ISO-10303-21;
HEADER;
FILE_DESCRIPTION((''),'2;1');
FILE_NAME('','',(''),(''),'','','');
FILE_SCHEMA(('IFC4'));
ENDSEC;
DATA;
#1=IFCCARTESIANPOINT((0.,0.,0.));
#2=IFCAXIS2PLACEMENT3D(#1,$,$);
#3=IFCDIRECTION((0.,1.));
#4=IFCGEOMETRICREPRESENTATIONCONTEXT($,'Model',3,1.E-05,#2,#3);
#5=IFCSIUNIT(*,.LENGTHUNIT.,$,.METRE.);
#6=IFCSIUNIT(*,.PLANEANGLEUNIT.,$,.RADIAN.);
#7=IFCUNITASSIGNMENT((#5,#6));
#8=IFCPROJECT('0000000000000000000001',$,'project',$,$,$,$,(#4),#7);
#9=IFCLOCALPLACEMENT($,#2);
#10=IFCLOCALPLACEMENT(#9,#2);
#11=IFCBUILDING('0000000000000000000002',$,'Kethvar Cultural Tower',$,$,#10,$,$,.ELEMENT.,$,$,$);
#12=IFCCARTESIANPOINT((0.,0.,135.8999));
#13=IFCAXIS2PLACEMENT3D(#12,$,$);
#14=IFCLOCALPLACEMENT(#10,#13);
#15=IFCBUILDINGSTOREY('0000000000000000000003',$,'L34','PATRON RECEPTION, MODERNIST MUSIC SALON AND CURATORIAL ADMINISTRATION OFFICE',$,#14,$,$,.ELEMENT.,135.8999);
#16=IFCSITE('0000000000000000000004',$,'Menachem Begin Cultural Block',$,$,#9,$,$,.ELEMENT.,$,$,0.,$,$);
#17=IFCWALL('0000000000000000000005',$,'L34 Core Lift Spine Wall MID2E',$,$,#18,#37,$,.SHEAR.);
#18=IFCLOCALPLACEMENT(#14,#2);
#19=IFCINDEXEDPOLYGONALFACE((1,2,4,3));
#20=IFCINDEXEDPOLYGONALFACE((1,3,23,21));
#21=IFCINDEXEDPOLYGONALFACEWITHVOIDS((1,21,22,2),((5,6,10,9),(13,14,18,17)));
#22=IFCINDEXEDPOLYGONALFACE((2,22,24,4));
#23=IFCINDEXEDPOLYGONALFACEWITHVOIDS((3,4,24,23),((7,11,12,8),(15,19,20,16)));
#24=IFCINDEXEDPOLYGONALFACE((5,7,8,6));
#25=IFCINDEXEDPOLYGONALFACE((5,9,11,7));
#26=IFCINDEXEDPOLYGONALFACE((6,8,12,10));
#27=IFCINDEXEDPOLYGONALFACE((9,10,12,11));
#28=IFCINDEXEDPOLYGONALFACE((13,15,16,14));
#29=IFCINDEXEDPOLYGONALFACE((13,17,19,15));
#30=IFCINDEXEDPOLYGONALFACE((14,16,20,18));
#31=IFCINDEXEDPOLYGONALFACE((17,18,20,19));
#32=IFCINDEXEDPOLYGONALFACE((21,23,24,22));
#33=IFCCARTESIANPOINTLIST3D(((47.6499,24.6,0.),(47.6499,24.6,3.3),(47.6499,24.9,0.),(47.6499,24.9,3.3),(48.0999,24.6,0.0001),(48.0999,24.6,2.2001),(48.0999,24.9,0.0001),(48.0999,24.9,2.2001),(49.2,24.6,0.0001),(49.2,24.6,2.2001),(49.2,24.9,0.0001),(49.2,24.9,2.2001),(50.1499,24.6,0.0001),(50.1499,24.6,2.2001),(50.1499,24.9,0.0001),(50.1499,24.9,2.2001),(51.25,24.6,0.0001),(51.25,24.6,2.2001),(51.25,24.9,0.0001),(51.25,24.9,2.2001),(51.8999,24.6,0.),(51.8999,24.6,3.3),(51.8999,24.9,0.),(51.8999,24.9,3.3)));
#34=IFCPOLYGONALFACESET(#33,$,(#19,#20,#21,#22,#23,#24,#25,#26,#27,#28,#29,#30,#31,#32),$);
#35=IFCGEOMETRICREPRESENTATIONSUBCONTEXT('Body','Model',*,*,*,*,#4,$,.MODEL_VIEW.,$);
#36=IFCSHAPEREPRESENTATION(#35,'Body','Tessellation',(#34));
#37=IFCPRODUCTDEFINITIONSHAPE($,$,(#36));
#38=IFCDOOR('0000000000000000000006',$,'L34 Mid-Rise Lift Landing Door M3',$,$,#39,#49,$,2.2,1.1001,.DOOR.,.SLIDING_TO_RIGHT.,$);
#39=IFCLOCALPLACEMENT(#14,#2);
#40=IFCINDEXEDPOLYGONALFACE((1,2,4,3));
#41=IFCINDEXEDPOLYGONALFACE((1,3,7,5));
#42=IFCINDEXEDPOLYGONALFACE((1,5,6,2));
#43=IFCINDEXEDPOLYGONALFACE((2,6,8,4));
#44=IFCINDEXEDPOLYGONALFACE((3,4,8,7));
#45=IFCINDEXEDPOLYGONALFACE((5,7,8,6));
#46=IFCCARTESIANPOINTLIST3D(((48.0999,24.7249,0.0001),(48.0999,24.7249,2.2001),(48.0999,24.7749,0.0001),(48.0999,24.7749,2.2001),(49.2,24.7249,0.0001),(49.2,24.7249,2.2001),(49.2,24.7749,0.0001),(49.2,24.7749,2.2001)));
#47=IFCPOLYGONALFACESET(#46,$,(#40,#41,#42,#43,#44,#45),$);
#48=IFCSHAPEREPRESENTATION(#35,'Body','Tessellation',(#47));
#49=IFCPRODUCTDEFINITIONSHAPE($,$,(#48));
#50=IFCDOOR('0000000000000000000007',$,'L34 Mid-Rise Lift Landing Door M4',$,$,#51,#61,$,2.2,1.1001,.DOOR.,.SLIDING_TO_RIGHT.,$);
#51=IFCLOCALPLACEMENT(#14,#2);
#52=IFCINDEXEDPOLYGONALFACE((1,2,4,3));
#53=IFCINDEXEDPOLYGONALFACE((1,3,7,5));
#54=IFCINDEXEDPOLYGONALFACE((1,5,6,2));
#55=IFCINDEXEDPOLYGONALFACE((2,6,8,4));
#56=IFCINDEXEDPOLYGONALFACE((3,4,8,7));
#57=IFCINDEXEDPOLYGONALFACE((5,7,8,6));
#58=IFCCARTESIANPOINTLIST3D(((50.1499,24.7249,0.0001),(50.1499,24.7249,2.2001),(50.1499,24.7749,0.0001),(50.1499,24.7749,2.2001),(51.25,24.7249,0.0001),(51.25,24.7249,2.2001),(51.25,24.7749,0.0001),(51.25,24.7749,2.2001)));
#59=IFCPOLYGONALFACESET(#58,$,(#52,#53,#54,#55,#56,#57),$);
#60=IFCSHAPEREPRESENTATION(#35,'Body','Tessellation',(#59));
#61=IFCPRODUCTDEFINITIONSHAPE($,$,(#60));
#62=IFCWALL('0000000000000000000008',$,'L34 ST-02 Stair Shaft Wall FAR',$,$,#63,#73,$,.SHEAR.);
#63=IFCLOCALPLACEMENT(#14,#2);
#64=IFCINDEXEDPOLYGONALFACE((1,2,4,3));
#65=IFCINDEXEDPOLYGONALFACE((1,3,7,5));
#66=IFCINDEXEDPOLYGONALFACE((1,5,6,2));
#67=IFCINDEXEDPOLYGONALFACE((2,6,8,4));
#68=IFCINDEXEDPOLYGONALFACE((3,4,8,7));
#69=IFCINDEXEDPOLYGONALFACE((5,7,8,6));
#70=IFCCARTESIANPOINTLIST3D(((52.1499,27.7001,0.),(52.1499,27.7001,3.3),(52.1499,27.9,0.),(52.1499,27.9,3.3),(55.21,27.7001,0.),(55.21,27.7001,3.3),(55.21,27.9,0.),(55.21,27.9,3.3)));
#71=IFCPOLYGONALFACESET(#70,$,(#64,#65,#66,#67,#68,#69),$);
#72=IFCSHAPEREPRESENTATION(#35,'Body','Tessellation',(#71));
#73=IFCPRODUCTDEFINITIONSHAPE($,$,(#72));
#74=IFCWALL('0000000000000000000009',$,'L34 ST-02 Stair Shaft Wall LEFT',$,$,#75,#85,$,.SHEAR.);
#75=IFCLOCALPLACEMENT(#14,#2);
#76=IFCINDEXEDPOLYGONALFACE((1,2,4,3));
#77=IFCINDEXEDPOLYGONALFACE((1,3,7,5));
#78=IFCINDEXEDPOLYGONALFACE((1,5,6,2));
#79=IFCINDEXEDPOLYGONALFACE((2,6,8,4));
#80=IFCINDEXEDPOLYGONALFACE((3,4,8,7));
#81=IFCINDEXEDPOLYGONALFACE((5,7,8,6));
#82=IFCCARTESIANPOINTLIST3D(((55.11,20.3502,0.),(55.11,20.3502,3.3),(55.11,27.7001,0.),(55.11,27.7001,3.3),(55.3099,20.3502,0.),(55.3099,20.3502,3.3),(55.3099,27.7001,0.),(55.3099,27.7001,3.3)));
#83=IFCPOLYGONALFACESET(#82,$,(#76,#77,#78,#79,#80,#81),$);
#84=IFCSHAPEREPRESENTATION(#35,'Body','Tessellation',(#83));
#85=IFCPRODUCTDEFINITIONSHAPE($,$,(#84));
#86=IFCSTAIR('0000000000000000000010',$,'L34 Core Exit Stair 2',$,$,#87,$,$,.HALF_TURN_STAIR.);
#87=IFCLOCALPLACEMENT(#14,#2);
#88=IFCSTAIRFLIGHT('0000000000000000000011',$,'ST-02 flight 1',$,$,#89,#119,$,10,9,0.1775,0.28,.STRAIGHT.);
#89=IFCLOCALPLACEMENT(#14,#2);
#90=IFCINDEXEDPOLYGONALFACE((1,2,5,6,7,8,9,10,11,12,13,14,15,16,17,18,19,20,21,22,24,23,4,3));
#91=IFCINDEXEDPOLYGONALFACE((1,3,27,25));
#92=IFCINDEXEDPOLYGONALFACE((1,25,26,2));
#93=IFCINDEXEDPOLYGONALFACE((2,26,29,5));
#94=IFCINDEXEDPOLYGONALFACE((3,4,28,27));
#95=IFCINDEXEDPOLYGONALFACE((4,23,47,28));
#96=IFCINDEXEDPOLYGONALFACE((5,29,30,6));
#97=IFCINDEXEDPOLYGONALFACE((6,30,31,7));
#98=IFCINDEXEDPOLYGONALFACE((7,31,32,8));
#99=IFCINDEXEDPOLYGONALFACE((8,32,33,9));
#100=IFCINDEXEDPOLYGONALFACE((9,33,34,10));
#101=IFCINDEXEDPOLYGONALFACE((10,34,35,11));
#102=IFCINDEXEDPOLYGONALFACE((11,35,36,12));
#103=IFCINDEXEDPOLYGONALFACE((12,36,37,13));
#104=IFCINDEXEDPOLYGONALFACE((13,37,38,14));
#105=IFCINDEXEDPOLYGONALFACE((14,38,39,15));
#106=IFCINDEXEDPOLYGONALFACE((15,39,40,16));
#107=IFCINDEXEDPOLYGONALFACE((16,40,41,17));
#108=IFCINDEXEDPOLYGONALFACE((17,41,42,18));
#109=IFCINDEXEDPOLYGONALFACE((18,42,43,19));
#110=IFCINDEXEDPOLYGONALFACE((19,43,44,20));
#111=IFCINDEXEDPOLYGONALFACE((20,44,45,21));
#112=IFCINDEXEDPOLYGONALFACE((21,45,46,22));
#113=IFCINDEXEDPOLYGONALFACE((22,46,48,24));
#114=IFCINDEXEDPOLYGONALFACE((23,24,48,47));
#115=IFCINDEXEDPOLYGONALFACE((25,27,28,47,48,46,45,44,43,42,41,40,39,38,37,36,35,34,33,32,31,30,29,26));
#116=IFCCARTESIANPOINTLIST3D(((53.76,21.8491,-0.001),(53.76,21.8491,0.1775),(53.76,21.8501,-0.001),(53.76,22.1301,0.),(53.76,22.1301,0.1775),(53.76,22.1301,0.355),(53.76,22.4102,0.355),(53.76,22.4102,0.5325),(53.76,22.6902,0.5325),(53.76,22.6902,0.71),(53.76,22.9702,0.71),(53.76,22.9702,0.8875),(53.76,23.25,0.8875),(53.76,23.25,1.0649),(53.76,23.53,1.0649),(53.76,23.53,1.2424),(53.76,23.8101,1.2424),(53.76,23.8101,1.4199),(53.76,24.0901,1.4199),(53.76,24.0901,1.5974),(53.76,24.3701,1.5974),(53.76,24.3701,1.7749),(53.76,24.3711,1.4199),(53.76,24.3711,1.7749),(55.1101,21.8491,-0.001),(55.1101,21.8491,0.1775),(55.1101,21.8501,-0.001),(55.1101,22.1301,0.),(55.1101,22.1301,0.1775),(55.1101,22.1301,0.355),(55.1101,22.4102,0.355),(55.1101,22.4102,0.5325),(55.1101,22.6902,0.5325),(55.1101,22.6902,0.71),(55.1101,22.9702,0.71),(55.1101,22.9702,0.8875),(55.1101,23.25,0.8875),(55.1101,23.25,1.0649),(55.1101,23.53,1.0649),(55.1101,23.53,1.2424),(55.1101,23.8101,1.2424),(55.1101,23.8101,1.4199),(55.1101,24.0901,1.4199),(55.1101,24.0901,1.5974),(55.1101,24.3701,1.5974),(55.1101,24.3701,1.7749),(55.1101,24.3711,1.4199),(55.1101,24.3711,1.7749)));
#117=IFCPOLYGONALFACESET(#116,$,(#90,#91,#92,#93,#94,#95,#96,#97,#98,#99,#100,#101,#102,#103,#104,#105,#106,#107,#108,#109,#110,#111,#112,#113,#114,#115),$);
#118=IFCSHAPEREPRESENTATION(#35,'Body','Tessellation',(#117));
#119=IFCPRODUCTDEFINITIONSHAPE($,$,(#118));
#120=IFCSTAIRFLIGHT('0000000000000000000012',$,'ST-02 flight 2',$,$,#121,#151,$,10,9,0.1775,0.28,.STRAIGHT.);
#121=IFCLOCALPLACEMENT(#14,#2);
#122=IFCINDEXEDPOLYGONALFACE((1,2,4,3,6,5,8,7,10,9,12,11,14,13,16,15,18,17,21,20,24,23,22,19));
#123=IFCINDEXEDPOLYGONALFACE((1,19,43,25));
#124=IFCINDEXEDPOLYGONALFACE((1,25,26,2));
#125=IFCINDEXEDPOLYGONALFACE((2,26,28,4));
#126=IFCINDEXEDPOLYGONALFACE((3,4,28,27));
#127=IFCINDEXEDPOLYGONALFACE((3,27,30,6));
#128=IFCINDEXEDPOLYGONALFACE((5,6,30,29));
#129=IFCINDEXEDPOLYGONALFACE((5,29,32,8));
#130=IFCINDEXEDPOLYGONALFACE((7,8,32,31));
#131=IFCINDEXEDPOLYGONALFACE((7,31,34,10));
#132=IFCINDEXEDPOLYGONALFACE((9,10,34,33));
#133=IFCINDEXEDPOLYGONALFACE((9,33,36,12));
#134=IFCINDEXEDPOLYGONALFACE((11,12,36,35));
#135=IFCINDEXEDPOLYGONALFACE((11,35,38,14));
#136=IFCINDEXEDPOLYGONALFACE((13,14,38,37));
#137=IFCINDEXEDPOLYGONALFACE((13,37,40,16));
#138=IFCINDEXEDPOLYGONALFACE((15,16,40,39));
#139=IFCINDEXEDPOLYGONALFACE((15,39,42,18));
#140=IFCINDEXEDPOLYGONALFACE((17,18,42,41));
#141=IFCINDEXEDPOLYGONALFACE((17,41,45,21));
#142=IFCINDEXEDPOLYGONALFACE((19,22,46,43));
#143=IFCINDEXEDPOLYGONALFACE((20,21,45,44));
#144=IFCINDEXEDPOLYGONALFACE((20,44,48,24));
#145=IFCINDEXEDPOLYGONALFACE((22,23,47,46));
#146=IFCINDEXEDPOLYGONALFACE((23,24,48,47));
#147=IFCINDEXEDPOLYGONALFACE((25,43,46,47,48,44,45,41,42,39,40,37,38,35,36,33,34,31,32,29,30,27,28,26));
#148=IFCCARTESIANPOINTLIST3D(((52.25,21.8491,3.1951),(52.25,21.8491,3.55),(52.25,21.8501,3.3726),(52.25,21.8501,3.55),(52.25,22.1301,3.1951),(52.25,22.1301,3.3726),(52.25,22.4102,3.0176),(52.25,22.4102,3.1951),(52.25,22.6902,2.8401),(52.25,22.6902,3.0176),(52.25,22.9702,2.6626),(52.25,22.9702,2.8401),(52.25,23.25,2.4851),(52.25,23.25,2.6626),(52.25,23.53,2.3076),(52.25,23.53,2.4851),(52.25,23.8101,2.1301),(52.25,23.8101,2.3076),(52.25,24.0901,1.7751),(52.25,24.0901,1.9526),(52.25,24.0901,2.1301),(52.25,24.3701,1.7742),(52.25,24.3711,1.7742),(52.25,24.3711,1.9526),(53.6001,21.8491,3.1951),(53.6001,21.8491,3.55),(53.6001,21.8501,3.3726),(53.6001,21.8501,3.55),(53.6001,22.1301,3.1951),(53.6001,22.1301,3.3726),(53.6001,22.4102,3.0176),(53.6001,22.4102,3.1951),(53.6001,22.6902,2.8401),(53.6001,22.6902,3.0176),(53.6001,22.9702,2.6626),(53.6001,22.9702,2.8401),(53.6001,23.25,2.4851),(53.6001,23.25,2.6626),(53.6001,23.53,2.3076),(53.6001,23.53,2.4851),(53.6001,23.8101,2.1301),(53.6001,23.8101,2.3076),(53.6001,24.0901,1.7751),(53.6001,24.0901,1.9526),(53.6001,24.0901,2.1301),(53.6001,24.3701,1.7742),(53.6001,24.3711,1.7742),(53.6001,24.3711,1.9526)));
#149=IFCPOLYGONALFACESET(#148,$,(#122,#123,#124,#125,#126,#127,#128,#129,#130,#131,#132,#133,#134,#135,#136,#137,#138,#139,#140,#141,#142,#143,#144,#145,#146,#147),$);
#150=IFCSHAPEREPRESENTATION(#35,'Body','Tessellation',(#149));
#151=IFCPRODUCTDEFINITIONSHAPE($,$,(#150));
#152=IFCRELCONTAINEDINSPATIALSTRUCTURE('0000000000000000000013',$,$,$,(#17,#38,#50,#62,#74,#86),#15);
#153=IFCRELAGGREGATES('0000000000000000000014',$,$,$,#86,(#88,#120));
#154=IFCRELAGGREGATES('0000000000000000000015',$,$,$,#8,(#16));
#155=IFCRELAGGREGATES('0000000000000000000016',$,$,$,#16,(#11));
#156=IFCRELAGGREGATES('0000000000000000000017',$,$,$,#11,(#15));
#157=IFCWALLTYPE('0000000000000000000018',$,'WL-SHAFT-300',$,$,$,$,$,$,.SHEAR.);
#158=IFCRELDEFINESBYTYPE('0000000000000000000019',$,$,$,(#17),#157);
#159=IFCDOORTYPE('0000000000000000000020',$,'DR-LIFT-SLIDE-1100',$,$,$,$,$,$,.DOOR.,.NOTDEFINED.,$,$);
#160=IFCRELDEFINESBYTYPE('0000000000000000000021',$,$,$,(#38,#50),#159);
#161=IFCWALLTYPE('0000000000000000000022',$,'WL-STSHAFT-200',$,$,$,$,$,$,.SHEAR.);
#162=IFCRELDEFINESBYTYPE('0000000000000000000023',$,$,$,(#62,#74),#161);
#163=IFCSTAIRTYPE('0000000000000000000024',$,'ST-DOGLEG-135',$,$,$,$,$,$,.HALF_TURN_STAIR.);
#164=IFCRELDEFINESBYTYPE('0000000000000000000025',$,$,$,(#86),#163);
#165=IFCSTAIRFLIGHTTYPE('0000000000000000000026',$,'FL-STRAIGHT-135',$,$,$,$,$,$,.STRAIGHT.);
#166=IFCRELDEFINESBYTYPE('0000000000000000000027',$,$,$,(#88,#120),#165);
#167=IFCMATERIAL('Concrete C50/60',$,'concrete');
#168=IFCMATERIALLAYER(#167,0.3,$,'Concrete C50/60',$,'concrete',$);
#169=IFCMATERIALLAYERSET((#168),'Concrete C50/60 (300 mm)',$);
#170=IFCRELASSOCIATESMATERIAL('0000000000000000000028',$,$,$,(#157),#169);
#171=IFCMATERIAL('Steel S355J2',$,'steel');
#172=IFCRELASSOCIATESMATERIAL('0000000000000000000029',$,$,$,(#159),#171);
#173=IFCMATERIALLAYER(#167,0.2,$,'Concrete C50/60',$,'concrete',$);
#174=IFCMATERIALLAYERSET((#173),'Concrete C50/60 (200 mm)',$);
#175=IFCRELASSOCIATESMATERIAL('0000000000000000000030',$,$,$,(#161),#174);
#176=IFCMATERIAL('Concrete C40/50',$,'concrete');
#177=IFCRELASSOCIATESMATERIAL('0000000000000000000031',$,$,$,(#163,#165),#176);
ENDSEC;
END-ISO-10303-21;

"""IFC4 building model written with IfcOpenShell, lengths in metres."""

from ifc_helpers import new_model, si_unit, direction, frame, frame_2d, origin, place, context, subcontext, project, spatial, polyline, rectangle, outline, extrude, source, transform, mapped, material, layer, layer_set, type_object, element, fill, aggregate, save


model = new_model("IFC4")

# Units and contexts
model_context = context("Model", 3, precision=1e-05, world=origin(), true_north=direction((0.0, 1.0)))
body_context = subcontext(model_context, "Body", "Model", "MODEL_VIEW")
ifc_project = project(units=[si_unit("LENGTHUNIT", "METRE"), si_unit("PLANEANGLEUNIT", "RADIAN")], contexts=[model_context])

# Site, building, storey
site_placement = place(None, origin())
site = spatial("IfcSite", under=ifc_project, at=site_placement, Name="Menachem Begin Cultural Block", CompositionType="ELEMENT", RefElevation=0.0)
building_placement = place(site_placement, origin())
building = spatial("IfcBuilding", under=site, at=building_placement, Name="Kethvar Cultural Tower", CompositionType="ELEMENT")
storey_placement = place(building_placement, frame((0.0, 0.0, 135.8999)))
storey = spatial("IfcBuildingStorey", under=building, at=storey_placement, Name="L34", Description="PATRON RECEPTION, MODERNIST MUSIC SALON AND CURATORIAL ADMINISTRATION OFFICE", CompositionType="ELEMENT", Elevation=135.8999)

# Shared definitions
ifc_material_1 = material(Name="Steel S355J2", Category="steel")

# Shared definitions
ifc_material_2 = material(Name="Concrete C50/60", Category="concrete")
ifc_layer_1 = layer(ifc_material_2, 0.3, Name="Concrete C50/60", Category="concrete")
ifc_layer_set_1 = layer_set([ifc_layer_1], Name="Concrete C50/60 (300 mm)")
wall_type_1 = type_object("IfcWallType", Name="WL-SHAFT-300", PredefinedType="SHEAR", material=ifc_layer_set_1)

# Wall, openings, doors
wall_1_placement = place(storey_placement, frame((47.6499, 24.75, 0.0), z_axis=(0.0, 0.0, 1.0), x_axis=(1.0, 0.0, 0.0)))
wall_1 = element("IfcWall", 1, at=wall_1_placement, inside=storey, type_object=wall_type_1, Name="L34 Core Lift Spine Wall MID2E", PredefinedType="SHEAR", context=body_context, shape_type="SweptSolid", body=[
    extrude(rectangle(XDim=4.25, YDim=0.3, at=frame_2d((2.125, 0.0))), origin(), (0.0, 0.0, 1.0), 3.3),
])
opening_1_placement = place(wall_1_placement, frame((0.45, 0.0, 0.0)))
opening_1 = element("IfcOpeningElement", 2, at=opening_1_placement, cuts=wall_1, PredefinedType="OPENING", context=body_context, shape_type="SweptSolid", body=[
    extrude(rectangle(XDim=1.1001, YDim=2.2, at=frame_2d((0.55, 1.1001))), frame((0.0, 0.1599, 0.0), z_axis=(0.0, -1.0, 0.0), x_axis=(1.0, 0.0, 0.0)), (0.0, 0.0, 1.0), 0.3201),
])
opening_2_placement = place(wall_1_placement, frame((2.5, 0.0, 0.0)))
opening_2 = element("IfcOpeningElement", 3, at=opening_2_placement, cuts=wall_1, PredefinedType="OPENING", context=body_context, shape_type="SweptSolid", body=[
    extrude(rectangle(XDim=1.1001, YDim=2.2, at=frame_2d((0.55, 1.1001))), frame((0.0, 0.1599, 0.0), z_axis=(0.0, -1.0, 0.0), x_axis=(1.0, 0.0, 0.0)), (0.0, 0.0, 1.0), 0.3201),
])
door_type = type_object("IfcDoorType", Name="DR-LIFT-SLIDE-1100", OperationType="NOTDEFINED", PredefinedType="DOOR", material=ifc_material_1)
shared_shape_1 = source(origin(), body_context, "Body", "SweptSolid", [
    extrude(rectangle(XDim=1.1001, YDim=2.2, at=frame_2d((0.55, 1.1001))), frame((0.0, 0.0249, 0.0), z_axis=(0.0, -1.0, 0.0), x_axis=(1.0, 0.0, 0.0)), (0.0, 0.0, 1.0), 0.05),
])
door_1_placement = place(opening_1_placement, origin())
door_1 = element("IfcDoor", 4, at=door_1_placement, inside=storey, type_object=door_type, Name="L34 Mid-Rise Lift Landing Door M3", OperationType="SLIDING_TO_RIGHT", OverallHeight=2.2, OverallWidth=1.1001, PredefinedType="DOOR", context=body_context, shape_type="MappedRepresentation", body=[
    mapped(shared_shape_1, transform((0.0, 0.0, 0.0), scale=1.0)),
])
fill(opening_1, door_1)
door_2_placement = place(opening_2_placement, origin())
door_2 = element("IfcDoor", 5, at=door_2_placement, inside=storey, type_object=door_type, Name="L34 Mid-Rise Lift Landing Door M4", OperationType="SLIDING_TO_RIGHT", OverallHeight=2.2, OverallWidth=1.1001, PredefinedType="DOOR", context=body_context, shape_type="MappedRepresentation", body=[
    mapped(shared_shape_1, transform((0.0, 0.0, 0.0), scale=1.0)),
])
fill(opening_2, door_2)

# Walls
ifc_layer_2 = layer(ifc_material_2, 0.2, Name="Concrete C50/60", Category="concrete")
ifc_layer_set_2 = layer_set([ifc_layer_2], Name="Concrete C50/60 (200 mm)")
wall_type_2 = type_object("IfcWallType", Name="WL-STSHAFT-200", PredefinedType="SHEAR", material=ifc_layer_set_2)
wall_2_placement = place(storey_placement, frame((52.1499, 27.8, 0.0), z_axis=(0.0, 0.0, 1.0), x_axis=(1.0, 0.0, 0.0)))
element("IfcWall", 6, at=wall_2_placement, inside=storey, type_object=wall_type_2, Name="L34 ST-02 Stair Shaft Wall FAR", PredefinedType="SHEAR", context=body_context, shape_type="SweptSolid", body=[
    extrude(rectangle(XDim=3.0601, YDim=0.2, at=frame_2d((1.53, 0.0))), origin(), (0.0, 0.0, 1.0), 3.3),
])
wall_3_placement = place(storey_placement, frame((55.21, 27.7, 0.0), z_axis=(0.0, 0.0, 1.0), x_axis=(0.0, -1.0, 0.0)))
element("IfcWall", 7, at=wall_3_placement, inside=storey, type_object=wall_type_2, Name="L34 ST-02 Stair Shaft Wall LEFT", PredefinedType="SHEAR", context=body_context, shape_type="SweptSolid", body=[
    extrude(rectangle(XDim=7.3499, YDim=0.2, at=frame_2d((3.6748, 0.0))), origin(), (0.0, 0.0, 1.0), 3.3),
])

# Stair, stair flights
ifc_material_3 = material(Name="Concrete C40/50", Category="concrete")
stair_type = type_object("IfcStairType", Name="ST-DOGLEG-135", PredefinedType="HALF_TURN_STAIR", material=ifc_material_3)
stair_placement = place(storey_placement, origin())
stair = element("IfcStair", 8, at=stair_placement, inside=storey, type_object=stair_type, Name="L34 Core Exit Stair 2", PredefinedType="HALF_TURN_STAIR")
stair_flight_type = type_object("IfcStairFlightType", Name="FL-STRAIGHT-135", PredefinedType="STRAIGHT", material=ifc_material_3)
stair_flight_1_placement = place(storey_placement, frame((54.4351, 21.8501, 0.0), z_axis=(0.0, 0.0, 1.0), x_axis=(0.0, 1.0, 0.0)))
stair_flight_1 = element("IfcStairFlight", 9, at=stair_flight_1_placement, type_object=stair_flight_type, Name="ST-02 flight 1", NumberOfRisers=10, NumberOfTreads=9, PredefinedType="STRAIGHT", RiserHeight=0.1775, TreadLength=0.28, context=body_context, shape_type="SweptSolid", body=[
    extrude(outline(polyline([(-0.001, -0.001), (-0.001, 0.1775), (0.28, 0.1775), (0.28, 0.355), (0.5601, 0.355), (0.5601, 0.5325), (0.8401, 0.5325), (0.8401, 0.71), (1.1201, 0.71), (1.1201, 0.8875), (1.3999, 0.8875), (1.3999, 1.0649), (1.6799, 1.0649), (1.6799, 1.2424), (1.96, 1.2424), (1.96, 1.4199), (2.24, 1.4199), (2.24, 1.5974), (2.52, 1.5974), (2.52, 1.7749), (2.521, 1.7749), (2.521, 1.4199), (0.28, 0.0), (0.0, -0.001), (-0.001, -0.001)])), frame((0.0, 0.675, 0.0), z_axis=(0.0, -1.0, 0.0), x_axis=(1.0, 0.0, 0.0)), (0.0, 0.0, 1.0), 1.3501),
])
stair_flight_2_placement = place(storey_placement, frame((52.925, 24.3701, 1.7751), z_axis=(0.0, 0.0, 1.0), x_axis=(0.0, -1.0, 0.0)))
stair_flight_2 = element("IfcStairFlight", 10, at=stair_flight_2_placement, type_object=stair_flight_type, Name="ST-02 flight 2", NumberOfRisers=10, NumberOfTreads=9, PredefinedType="STRAIGHT", RiserHeight=0.1775, TreadLength=0.28, context=body_context, shape_type="SweptSolid", body=[
    extrude(outline(polyline([(-0.001, -0.001), (-0.001, 0.1775), (0.28, 0.1775), (0.28, 0.355), (0.5601, 0.355), (0.5601, 0.5325), (0.8401, 0.5325), (0.8401, 0.71), (1.1201, 0.71), (1.1201, 0.8875), (1.3999, 0.8875), (1.3999, 1.0649), (1.6799, 1.0649), (1.6799, 1.2424), (1.96, 1.2424), (1.96, 1.4199), (2.24, 1.4199), (2.24, 1.5974), (2.52, 1.5974), (2.52, 1.7749), (2.521, 1.7749), (2.521, 1.4199), (0.28, 0.0), (0.0, -0.001), (-0.001, -0.001)])), frame((0.0, 0.675, 0.0), z_axis=(0.0, -1.0, 0.0), x_axis=(1.0, 0.0, 0.0)), (0.0, 0.0, 1.0), 1.3501),
])
aggregate(stair, [stair_flight_1, stair_flight_2])

save(model, "model.ifc")
